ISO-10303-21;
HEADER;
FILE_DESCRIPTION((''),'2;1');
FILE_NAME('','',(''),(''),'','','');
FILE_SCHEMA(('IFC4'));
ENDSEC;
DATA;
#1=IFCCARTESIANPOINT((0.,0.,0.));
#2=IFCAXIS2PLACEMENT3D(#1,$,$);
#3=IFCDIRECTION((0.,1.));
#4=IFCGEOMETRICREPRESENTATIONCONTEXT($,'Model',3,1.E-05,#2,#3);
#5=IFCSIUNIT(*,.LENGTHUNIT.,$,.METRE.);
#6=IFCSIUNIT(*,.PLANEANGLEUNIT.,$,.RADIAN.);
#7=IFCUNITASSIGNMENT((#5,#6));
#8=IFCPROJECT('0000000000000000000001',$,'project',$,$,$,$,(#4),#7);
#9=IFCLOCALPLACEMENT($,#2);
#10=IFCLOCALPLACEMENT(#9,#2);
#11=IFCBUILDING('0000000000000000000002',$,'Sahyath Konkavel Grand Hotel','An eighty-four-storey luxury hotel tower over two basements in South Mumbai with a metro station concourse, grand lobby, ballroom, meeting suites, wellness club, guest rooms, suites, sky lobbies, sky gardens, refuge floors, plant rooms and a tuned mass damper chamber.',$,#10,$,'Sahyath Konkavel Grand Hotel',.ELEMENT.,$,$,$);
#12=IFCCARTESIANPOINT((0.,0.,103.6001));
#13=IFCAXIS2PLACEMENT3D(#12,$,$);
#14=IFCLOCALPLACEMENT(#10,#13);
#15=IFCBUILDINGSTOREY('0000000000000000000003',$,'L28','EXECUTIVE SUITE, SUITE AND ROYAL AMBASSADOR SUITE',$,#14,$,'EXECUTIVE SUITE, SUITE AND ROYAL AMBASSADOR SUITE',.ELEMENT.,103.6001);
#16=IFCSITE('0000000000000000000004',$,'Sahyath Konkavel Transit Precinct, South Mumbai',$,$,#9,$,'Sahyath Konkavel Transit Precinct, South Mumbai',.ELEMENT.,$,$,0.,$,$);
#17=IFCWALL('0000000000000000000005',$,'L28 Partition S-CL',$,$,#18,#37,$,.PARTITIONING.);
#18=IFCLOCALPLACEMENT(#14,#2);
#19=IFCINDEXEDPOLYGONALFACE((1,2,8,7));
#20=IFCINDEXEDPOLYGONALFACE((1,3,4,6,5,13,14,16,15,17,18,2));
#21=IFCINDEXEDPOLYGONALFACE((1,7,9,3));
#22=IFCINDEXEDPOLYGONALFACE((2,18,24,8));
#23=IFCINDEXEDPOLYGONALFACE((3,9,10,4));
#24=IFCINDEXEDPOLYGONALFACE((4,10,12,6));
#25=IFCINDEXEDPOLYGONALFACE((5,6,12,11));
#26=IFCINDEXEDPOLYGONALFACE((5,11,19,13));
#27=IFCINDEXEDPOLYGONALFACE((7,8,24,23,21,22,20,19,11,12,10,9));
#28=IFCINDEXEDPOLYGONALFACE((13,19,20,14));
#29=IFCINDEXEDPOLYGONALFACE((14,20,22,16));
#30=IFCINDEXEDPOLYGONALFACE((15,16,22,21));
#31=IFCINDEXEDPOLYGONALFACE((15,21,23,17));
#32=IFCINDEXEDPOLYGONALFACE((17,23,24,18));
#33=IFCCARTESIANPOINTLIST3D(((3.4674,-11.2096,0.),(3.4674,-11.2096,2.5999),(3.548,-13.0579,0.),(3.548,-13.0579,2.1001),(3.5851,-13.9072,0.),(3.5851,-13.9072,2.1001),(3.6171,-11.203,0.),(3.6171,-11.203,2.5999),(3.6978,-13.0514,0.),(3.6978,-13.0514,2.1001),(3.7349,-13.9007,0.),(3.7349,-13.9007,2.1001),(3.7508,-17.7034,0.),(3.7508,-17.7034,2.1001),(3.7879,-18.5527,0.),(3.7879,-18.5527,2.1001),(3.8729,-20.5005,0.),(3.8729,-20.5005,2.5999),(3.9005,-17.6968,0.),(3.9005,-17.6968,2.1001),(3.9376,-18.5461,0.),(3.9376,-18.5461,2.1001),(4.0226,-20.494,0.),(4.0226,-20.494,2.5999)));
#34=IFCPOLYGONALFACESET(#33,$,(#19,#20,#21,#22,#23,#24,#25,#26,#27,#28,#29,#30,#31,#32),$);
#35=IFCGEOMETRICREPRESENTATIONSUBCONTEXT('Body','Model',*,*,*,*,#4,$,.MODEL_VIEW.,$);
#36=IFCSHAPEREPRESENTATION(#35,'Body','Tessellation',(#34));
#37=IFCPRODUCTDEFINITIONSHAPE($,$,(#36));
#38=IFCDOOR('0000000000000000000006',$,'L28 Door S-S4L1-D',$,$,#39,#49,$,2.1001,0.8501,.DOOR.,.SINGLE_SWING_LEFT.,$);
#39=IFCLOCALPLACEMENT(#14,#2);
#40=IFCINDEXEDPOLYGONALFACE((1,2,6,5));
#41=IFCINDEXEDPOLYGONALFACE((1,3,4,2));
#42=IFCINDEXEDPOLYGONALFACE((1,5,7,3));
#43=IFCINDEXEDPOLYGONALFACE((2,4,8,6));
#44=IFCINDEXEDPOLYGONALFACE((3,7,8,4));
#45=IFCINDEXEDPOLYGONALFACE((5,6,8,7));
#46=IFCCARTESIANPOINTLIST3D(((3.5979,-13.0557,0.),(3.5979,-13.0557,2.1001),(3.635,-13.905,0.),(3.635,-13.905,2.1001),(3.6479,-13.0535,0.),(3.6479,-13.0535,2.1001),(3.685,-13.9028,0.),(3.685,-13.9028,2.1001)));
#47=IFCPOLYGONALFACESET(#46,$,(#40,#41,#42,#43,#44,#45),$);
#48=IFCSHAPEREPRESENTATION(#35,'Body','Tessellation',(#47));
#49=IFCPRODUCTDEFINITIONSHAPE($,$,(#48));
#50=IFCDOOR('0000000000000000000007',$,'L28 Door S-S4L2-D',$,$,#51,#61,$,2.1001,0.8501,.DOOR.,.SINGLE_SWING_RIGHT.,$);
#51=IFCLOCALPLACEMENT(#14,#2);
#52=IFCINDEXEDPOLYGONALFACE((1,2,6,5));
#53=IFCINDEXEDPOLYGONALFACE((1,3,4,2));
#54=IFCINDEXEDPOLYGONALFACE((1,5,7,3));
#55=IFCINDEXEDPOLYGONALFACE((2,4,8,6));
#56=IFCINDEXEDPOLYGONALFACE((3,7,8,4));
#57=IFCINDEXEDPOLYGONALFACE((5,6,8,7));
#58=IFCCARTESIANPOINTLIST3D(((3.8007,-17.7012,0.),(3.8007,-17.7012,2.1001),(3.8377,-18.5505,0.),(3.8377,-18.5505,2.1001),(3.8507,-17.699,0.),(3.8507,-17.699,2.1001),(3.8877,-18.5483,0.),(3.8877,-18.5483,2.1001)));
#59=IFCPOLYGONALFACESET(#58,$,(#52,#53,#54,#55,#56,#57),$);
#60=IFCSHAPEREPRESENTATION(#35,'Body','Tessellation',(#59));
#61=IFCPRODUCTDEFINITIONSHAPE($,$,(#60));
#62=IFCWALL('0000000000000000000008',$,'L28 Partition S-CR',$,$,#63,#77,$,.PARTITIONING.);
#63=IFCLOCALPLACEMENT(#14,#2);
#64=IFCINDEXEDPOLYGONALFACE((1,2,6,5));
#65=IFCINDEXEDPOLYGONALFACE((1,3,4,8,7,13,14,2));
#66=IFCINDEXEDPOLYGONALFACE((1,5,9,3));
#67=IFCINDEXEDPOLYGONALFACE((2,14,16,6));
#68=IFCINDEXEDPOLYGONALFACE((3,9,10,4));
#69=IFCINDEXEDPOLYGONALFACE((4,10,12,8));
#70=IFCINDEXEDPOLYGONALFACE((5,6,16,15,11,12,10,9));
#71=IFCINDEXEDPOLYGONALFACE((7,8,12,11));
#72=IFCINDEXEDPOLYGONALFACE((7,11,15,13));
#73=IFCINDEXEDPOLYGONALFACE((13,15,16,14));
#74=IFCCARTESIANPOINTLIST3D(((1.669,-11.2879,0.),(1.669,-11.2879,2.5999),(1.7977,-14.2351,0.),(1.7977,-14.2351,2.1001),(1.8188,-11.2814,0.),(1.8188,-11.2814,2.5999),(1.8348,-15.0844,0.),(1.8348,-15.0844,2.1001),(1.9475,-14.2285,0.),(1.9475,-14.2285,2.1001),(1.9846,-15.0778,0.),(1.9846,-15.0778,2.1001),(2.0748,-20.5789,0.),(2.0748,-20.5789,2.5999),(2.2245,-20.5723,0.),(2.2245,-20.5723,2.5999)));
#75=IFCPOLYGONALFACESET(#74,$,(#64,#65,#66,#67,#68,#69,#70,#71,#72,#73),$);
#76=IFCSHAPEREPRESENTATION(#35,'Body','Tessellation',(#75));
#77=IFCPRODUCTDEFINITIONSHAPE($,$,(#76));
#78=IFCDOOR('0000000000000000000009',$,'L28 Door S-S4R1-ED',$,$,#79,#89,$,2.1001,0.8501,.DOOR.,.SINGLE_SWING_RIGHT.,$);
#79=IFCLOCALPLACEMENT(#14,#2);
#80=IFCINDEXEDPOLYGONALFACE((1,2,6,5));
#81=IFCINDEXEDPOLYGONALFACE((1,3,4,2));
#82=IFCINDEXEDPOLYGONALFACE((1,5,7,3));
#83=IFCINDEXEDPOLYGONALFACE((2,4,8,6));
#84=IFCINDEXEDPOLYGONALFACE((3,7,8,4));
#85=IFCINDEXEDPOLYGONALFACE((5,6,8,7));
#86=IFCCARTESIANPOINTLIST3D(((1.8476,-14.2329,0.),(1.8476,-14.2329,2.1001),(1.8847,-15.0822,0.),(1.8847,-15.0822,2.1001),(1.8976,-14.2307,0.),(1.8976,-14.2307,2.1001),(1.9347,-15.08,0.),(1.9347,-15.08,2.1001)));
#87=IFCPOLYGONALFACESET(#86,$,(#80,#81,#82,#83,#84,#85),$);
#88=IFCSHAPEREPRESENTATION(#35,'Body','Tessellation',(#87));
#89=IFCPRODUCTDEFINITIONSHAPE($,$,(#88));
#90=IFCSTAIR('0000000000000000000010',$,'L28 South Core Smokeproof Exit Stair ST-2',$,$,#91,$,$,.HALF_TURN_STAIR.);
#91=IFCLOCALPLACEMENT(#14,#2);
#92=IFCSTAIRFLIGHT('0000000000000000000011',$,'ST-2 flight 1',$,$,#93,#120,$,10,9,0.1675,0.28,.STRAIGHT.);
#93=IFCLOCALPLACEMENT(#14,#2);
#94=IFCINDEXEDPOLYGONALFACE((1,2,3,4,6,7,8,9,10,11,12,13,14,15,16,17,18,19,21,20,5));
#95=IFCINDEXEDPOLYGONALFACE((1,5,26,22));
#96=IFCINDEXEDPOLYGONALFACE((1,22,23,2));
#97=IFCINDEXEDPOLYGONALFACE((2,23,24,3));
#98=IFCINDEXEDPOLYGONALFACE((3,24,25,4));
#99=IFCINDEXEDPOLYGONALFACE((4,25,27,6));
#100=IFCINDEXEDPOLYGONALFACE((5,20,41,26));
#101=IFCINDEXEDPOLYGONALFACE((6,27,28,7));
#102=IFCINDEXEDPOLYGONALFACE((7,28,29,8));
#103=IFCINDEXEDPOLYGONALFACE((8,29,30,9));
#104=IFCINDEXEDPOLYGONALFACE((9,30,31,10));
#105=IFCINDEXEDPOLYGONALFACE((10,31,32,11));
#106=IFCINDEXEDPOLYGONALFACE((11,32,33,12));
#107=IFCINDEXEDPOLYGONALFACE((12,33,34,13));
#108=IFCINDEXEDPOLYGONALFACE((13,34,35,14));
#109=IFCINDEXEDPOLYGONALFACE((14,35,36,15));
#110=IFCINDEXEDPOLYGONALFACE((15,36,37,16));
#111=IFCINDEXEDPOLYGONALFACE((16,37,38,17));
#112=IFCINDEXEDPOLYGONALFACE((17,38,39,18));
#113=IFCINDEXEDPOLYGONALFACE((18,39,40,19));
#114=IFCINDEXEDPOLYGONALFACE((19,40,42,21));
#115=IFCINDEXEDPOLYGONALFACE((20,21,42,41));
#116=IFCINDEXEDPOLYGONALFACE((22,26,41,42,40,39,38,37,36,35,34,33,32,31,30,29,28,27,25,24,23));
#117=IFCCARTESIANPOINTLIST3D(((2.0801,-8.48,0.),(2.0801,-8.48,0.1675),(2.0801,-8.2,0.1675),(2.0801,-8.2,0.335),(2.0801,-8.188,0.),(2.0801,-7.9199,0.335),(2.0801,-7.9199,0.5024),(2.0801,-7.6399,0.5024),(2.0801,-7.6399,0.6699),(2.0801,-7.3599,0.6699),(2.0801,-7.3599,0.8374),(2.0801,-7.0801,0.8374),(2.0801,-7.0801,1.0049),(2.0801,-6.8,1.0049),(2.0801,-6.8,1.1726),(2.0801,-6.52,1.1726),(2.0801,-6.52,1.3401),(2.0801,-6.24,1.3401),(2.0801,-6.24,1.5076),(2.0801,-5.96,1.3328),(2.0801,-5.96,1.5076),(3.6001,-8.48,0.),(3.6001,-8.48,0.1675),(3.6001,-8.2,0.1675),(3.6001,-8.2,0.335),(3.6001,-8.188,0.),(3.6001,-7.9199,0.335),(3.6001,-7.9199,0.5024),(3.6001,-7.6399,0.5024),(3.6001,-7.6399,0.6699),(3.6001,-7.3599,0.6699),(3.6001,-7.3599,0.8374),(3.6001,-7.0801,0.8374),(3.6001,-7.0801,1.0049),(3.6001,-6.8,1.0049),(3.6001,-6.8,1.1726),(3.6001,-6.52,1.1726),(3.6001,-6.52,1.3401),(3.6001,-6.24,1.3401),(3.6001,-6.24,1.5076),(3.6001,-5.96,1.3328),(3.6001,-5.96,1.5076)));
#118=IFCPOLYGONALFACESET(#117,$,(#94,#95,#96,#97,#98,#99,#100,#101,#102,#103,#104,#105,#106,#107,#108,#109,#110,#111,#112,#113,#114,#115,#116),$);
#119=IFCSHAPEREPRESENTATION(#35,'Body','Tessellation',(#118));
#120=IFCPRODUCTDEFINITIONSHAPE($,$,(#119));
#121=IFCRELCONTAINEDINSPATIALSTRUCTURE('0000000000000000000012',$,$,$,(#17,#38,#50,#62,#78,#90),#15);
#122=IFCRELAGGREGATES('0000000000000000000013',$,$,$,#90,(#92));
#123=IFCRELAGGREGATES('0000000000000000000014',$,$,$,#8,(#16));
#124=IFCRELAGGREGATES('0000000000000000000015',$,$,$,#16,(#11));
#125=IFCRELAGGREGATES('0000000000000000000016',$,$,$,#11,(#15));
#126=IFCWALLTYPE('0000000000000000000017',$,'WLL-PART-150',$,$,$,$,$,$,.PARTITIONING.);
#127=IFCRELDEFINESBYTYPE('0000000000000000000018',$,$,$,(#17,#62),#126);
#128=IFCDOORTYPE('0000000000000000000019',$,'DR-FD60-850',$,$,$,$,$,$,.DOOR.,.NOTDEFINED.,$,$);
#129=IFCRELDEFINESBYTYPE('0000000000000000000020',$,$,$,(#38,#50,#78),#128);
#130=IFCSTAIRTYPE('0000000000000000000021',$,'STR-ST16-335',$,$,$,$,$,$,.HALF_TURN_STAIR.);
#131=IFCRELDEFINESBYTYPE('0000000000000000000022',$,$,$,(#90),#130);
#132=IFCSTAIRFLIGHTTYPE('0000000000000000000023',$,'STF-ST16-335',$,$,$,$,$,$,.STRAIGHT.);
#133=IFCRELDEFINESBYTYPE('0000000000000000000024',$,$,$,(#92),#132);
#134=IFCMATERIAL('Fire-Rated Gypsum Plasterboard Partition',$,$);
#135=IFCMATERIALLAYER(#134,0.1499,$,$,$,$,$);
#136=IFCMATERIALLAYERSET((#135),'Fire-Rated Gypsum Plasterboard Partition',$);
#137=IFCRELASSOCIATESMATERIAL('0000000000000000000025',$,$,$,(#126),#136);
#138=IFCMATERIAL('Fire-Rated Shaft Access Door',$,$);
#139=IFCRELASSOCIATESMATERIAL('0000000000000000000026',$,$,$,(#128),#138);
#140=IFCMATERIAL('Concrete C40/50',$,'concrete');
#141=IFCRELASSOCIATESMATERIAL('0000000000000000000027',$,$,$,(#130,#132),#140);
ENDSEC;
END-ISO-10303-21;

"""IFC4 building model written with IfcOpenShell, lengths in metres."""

from ifc_helpers import new_model, si_unit, direction, frame, frame_2d, origin, origin_2d, place, context, subcontext, project, spatial, polyline, rectangle, outline, extrude, source, transform, mapped, material, layer, layer_set, type_object, element, fill, aggregate, save


model = new_model("IFC4")

# Units and contexts
model_context = context("Model", 3, precision=1e-05, world=origin(), true_north=direction((0.0, 1.0)))
body_context = subcontext(model_context, "Body", "Model", "MODEL_VIEW")
ifc_project = project(units=[si_unit("LENGTHUNIT", "METRE"), si_unit("PLANEANGLEUNIT", "RADIAN")], contexts=[model_context])

# Site, building, storey
site_placement = place(None, origin())
site = spatial("IfcSite", under=ifc_project, at=site_placement, Name="Sahyath Konkavel Transit Precinct, South Mumbai", LongName="Sahyath Konkavel Transit Precinct, South Mumbai", CompositionType="ELEMENT", RefElevation=0.0)
building_placement = place(site_placement, origin())
building = spatial("IfcBuilding", under=site, at=building_placement, Name="Sahyath Konkavel Grand Hotel", Description="An eighty-four-storey luxury hotel tower over two basements in South Mumbai with a metro station concourse, grand lobby, ballroom, meeting suites, wellness club, guest rooms, suites, sky lobbies, sky gardens, refuge floors, plant rooms and a tuned mass damper chamber.", LongName="Sahyath Konkavel Grand Hotel", CompositionType="ELEMENT")
storey_placement = place(building_placement, frame((0.0, 0.0, 103.6001)))
storey = spatial("IfcBuildingStorey", under=building, at=storey_placement, Name="L28", Description="EXECUTIVE SUITE, SUITE AND ROYAL AMBASSADOR SUITE", LongName="EXECUTIVE SUITE, SUITE AND ROYAL AMBASSADOR SUITE", CompositionType="ELEMENT", Elevation=103.6001)

# Shared definitions
ifc_material_1 = material(Name="Concrete C40/50", Category="concrete")

# Wall, openings, doors
ifc_material_2 = material(Name="Fire-Rated Gypsum Plasterboard Partition")
ifc_layer_1 = layer(ifc_material_2, 0.1499)
ifc_layer_set_1 = layer_set([ifc_layer_1], Name="Fire-Rated Gypsum Plasterboard Partition")
wall_type_1 = type_object("IfcWallType", Name="WLL-PART-150", PredefinedType="PARTITIONING", material=ifc_layer_set_1)
wall_1_placement = place(storey_placement, frame((3.5422, -11.2063, 0.0), z_axis=(0.0, 0.0, 1.0), x_axis=(0.043605, -0.999049, 0.0)))
wall_1 = element("IfcWall", 1, at=wall_1_placement, inside=storey, type_object=wall_type_1, Name="L28 Partition S-CL", PredefinedType="PARTITIONING", context=body_context, shape_type="SweptSolid", body=[
    extrude(rectangle(XDim=9.2998, YDim=0.1499, at=frame_2d((4.6499, 0.0))), origin(), (0.0, 0.0, 1.0), 2.5999),
])
opening_1_placement = place(wall_1_placement, frame((1.8501, 0.0, 0.0)))
opening_1 = element("IfcOpeningElement", 2, at=opening_1_placement, cuts=wall_1, PredefinedType="OPENING", context=body_context, shape_type="SweptSolid", body=[
    extrude(rectangle(XDim=0.8501, YDim=2.1001, at=frame_2d((0.425, 1.05))), frame((0.0, 0.085, 0.0), z_axis=(0.0, -1.0, 0.0), x_axis=(1.0, 0.0, 0.0)), (0.0, 0.0, 1.0), 0.1699),
])
opening_2_placement = place(wall_1_placement, frame((6.5, 0.0, 0.0)))
opening_2 = element("IfcOpeningElement", 3, at=opening_2_placement, cuts=wall_1, PredefinedType="OPENING", context=body_context, shape_type="SweptSolid", body=[
    extrude(rectangle(XDim=0.8501, YDim=2.1001, at=frame_2d((0.425, 1.05))), frame((0.0, 0.085, 0.0), z_axis=(0.0, -1.0, 0.0), x_axis=(1.0, 0.0, 0.0)), (0.0, 0.0, 1.0), 0.1699),
])
ifc_material_3 = material(Name="Fire-Rated Shaft Access Door")
door_type_1 = type_object("IfcDoorType", Name="DR-FD60-850", OperationType="NOTDEFINED", PredefinedType="DOOR", material=ifc_material_3)
shared_shape_1 = source(origin(), body_context, "Body", "SweptSolid", [
    extrude(rectangle(XDim=0.8501, YDim=0.05, at=origin_2d()), origin(), (0.0, 0.0, 1.0), 2.1001),
])
door_1_placement = place(opening_1_placement, frame((0.425, 0.0, 0.0)))
door_1 = element("IfcDoor", 4, at=door_1_placement, inside=storey, type_object=door_type_1, Name="L28 Door S-S4L1-D", OperationType="SINGLE_SWING_LEFT", OverallHeight=2.1001, OverallWidth=0.8501, PredefinedType="DOOR", context=body_context, shape_type="MappedRepresentation", body=[
    mapped(shared_shape_1, transform((0.0, 0.0, 0.0), scale=1.0)),
])
fill(opening_1, door_1)
door_2_placement = place(opening_2_placement, frame((0.425, 0.0, 0.0)))
door_2 = element("IfcDoor", 5, at=door_2_placement, inside=storey, type_object=door_type_1, Name="L28 Door S-S4L2-D", OperationType="SINGLE_SWING_RIGHT", OverallHeight=2.1001, OverallWidth=0.8501, PredefinedType="DOOR", context=body_context, shape_type="MappedRepresentation", body=[
    mapped(shared_shape_1, transform((0.0, 0.0, 0.0), scale=1.0)),
])
fill(opening_2, door_2)

# Wall, opening, door
wall_2_placement = place(storey_placement, frame((1.7439, -11.2847, 0.0), z_axis=(0.0, 0.0, 1.0), x_axis=(0.043631, -0.999048, 0.0)))
wall_2 = element("IfcWall", 6, at=wall_2_placement, inside=storey, type_object=wall_type_1, Name="L28 Partition S-CR", PredefinedType="PARTITIONING", context=body_context, shape_type="SweptSolid", body=[
    extrude(rectangle(XDim=9.2998, YDim=0.1499, at=frame_2d((4.6499, 0.0))), origin(), (0.0, 0.0, 1.0), 2.5999),
])
opening_3_placement = place(wall_2_placement, frame((2.95, 0.0, 0.0)))
opening_3 = element("IfcOpeningElement", 7, at=opening_3_placement, cuts=wall_2, PredefinedType="OPENING", context=body_context, shape_type="SweptSolid", body=[
    extrude(rectangle(XDim=0.8501, YDim=2.1001, at=frame_2d((0.425, 1.05))), frame((0.0, 0.085, 0.0), z_axis=(0.0, -1.0, 0.0), x_axis=(1.0, 0.0, 0.0)), (0.0, 0.0, 1.0), 0.1699),
])
door_3_placement = place(opening_3_placement, frame((0.425, 0.0, 0.0)))
door_3 = element("IfcDoor", 8, at=door_3_placement, inside=storey, type_object=door_type_1, Name="L28 Door S-S4R1-ED", OperationType="SINGLE_SWING_RIGHT", OverallHeight=2.1001, OverallWidth=0.8501, PredefinedType="DOOR", context=body_context, shape_type="MappedRepresentation", body=[
    mapped(shared_shape_1, transform((0.0, 0.0, 0.0), scale=1.0)),
])
fill(opening_3, door_3)

# Stair, stair flight
stair_type = type_object("IfcStairType", Name="STR-ST16-335", PredefinedType="HALF_TURN_STAIR", material=ifc_material_1)
stair_placement = place(storey_placement, origin())
stair = element("IfcStair", 9, at=stair_placement, inside=storey, type_object=stair_type, Name="L28 South Core Smokeproof Exit Stair ST-2", PredefinedType="HALF_TURN_STAIR")
stair_flight_type = type_object("IfcStairFlightType", Name="STF-ST16-335", PredefinedType="STRAIGHT", material=ifc_material_1)
stair_flight_placement = place(storey_placement, frame((2.8401, -8.48, 0.0), z_axis=(0.0, 0.0, 1.0), x_axis=(0.0, 1.0, 0.0)))
stair_flight = element("IfcStairFlight", 10, at=stair_flight_placement, type_object=stair_flight_type, Name="ST-2 flight 1", NumberOfRisers=10, NumberOfTreads=9, PredefinedType="STRAIGHT", RiserHeight=0.1675, TreadLength=0.28, context=body_context, shape_type="SweptSolid", body=[
    extrude(outline(polyline([(0.0, 0.0), (0.0, 0.1675), (0.28, 0.1675), (0.28, 0.335), (0.5601, 0.335), (0.5601, 0.5024), (0.8401, 0.5024), (0.8401, 0.6699), (1.1201, 0.6699), (1.1201, 0.8374), (1.3999, 0.8374), (1.3999, 1.0049), (1.6799, 1.0049), (1.6799, 1.1726), (1.96, 1.1726), (1.96, 1.3401), (2.24, 1.3401), (2.24, 1.5076), (2.52, 1.5076), (2.52, 1.675), (2.52, 1.3328), (0.292, 0.0), (0.0, 0.0)])), frame((0.0, 0.76, 0.0), z_axis=(0.0, -1.0, 0.0), x_axis=(1.0, 0.0, 0.0)), (0.0, 0.0, 1.0), 1.52),
])
aggregate(stair, [stair_flight])

save(model, "model.ifc")
